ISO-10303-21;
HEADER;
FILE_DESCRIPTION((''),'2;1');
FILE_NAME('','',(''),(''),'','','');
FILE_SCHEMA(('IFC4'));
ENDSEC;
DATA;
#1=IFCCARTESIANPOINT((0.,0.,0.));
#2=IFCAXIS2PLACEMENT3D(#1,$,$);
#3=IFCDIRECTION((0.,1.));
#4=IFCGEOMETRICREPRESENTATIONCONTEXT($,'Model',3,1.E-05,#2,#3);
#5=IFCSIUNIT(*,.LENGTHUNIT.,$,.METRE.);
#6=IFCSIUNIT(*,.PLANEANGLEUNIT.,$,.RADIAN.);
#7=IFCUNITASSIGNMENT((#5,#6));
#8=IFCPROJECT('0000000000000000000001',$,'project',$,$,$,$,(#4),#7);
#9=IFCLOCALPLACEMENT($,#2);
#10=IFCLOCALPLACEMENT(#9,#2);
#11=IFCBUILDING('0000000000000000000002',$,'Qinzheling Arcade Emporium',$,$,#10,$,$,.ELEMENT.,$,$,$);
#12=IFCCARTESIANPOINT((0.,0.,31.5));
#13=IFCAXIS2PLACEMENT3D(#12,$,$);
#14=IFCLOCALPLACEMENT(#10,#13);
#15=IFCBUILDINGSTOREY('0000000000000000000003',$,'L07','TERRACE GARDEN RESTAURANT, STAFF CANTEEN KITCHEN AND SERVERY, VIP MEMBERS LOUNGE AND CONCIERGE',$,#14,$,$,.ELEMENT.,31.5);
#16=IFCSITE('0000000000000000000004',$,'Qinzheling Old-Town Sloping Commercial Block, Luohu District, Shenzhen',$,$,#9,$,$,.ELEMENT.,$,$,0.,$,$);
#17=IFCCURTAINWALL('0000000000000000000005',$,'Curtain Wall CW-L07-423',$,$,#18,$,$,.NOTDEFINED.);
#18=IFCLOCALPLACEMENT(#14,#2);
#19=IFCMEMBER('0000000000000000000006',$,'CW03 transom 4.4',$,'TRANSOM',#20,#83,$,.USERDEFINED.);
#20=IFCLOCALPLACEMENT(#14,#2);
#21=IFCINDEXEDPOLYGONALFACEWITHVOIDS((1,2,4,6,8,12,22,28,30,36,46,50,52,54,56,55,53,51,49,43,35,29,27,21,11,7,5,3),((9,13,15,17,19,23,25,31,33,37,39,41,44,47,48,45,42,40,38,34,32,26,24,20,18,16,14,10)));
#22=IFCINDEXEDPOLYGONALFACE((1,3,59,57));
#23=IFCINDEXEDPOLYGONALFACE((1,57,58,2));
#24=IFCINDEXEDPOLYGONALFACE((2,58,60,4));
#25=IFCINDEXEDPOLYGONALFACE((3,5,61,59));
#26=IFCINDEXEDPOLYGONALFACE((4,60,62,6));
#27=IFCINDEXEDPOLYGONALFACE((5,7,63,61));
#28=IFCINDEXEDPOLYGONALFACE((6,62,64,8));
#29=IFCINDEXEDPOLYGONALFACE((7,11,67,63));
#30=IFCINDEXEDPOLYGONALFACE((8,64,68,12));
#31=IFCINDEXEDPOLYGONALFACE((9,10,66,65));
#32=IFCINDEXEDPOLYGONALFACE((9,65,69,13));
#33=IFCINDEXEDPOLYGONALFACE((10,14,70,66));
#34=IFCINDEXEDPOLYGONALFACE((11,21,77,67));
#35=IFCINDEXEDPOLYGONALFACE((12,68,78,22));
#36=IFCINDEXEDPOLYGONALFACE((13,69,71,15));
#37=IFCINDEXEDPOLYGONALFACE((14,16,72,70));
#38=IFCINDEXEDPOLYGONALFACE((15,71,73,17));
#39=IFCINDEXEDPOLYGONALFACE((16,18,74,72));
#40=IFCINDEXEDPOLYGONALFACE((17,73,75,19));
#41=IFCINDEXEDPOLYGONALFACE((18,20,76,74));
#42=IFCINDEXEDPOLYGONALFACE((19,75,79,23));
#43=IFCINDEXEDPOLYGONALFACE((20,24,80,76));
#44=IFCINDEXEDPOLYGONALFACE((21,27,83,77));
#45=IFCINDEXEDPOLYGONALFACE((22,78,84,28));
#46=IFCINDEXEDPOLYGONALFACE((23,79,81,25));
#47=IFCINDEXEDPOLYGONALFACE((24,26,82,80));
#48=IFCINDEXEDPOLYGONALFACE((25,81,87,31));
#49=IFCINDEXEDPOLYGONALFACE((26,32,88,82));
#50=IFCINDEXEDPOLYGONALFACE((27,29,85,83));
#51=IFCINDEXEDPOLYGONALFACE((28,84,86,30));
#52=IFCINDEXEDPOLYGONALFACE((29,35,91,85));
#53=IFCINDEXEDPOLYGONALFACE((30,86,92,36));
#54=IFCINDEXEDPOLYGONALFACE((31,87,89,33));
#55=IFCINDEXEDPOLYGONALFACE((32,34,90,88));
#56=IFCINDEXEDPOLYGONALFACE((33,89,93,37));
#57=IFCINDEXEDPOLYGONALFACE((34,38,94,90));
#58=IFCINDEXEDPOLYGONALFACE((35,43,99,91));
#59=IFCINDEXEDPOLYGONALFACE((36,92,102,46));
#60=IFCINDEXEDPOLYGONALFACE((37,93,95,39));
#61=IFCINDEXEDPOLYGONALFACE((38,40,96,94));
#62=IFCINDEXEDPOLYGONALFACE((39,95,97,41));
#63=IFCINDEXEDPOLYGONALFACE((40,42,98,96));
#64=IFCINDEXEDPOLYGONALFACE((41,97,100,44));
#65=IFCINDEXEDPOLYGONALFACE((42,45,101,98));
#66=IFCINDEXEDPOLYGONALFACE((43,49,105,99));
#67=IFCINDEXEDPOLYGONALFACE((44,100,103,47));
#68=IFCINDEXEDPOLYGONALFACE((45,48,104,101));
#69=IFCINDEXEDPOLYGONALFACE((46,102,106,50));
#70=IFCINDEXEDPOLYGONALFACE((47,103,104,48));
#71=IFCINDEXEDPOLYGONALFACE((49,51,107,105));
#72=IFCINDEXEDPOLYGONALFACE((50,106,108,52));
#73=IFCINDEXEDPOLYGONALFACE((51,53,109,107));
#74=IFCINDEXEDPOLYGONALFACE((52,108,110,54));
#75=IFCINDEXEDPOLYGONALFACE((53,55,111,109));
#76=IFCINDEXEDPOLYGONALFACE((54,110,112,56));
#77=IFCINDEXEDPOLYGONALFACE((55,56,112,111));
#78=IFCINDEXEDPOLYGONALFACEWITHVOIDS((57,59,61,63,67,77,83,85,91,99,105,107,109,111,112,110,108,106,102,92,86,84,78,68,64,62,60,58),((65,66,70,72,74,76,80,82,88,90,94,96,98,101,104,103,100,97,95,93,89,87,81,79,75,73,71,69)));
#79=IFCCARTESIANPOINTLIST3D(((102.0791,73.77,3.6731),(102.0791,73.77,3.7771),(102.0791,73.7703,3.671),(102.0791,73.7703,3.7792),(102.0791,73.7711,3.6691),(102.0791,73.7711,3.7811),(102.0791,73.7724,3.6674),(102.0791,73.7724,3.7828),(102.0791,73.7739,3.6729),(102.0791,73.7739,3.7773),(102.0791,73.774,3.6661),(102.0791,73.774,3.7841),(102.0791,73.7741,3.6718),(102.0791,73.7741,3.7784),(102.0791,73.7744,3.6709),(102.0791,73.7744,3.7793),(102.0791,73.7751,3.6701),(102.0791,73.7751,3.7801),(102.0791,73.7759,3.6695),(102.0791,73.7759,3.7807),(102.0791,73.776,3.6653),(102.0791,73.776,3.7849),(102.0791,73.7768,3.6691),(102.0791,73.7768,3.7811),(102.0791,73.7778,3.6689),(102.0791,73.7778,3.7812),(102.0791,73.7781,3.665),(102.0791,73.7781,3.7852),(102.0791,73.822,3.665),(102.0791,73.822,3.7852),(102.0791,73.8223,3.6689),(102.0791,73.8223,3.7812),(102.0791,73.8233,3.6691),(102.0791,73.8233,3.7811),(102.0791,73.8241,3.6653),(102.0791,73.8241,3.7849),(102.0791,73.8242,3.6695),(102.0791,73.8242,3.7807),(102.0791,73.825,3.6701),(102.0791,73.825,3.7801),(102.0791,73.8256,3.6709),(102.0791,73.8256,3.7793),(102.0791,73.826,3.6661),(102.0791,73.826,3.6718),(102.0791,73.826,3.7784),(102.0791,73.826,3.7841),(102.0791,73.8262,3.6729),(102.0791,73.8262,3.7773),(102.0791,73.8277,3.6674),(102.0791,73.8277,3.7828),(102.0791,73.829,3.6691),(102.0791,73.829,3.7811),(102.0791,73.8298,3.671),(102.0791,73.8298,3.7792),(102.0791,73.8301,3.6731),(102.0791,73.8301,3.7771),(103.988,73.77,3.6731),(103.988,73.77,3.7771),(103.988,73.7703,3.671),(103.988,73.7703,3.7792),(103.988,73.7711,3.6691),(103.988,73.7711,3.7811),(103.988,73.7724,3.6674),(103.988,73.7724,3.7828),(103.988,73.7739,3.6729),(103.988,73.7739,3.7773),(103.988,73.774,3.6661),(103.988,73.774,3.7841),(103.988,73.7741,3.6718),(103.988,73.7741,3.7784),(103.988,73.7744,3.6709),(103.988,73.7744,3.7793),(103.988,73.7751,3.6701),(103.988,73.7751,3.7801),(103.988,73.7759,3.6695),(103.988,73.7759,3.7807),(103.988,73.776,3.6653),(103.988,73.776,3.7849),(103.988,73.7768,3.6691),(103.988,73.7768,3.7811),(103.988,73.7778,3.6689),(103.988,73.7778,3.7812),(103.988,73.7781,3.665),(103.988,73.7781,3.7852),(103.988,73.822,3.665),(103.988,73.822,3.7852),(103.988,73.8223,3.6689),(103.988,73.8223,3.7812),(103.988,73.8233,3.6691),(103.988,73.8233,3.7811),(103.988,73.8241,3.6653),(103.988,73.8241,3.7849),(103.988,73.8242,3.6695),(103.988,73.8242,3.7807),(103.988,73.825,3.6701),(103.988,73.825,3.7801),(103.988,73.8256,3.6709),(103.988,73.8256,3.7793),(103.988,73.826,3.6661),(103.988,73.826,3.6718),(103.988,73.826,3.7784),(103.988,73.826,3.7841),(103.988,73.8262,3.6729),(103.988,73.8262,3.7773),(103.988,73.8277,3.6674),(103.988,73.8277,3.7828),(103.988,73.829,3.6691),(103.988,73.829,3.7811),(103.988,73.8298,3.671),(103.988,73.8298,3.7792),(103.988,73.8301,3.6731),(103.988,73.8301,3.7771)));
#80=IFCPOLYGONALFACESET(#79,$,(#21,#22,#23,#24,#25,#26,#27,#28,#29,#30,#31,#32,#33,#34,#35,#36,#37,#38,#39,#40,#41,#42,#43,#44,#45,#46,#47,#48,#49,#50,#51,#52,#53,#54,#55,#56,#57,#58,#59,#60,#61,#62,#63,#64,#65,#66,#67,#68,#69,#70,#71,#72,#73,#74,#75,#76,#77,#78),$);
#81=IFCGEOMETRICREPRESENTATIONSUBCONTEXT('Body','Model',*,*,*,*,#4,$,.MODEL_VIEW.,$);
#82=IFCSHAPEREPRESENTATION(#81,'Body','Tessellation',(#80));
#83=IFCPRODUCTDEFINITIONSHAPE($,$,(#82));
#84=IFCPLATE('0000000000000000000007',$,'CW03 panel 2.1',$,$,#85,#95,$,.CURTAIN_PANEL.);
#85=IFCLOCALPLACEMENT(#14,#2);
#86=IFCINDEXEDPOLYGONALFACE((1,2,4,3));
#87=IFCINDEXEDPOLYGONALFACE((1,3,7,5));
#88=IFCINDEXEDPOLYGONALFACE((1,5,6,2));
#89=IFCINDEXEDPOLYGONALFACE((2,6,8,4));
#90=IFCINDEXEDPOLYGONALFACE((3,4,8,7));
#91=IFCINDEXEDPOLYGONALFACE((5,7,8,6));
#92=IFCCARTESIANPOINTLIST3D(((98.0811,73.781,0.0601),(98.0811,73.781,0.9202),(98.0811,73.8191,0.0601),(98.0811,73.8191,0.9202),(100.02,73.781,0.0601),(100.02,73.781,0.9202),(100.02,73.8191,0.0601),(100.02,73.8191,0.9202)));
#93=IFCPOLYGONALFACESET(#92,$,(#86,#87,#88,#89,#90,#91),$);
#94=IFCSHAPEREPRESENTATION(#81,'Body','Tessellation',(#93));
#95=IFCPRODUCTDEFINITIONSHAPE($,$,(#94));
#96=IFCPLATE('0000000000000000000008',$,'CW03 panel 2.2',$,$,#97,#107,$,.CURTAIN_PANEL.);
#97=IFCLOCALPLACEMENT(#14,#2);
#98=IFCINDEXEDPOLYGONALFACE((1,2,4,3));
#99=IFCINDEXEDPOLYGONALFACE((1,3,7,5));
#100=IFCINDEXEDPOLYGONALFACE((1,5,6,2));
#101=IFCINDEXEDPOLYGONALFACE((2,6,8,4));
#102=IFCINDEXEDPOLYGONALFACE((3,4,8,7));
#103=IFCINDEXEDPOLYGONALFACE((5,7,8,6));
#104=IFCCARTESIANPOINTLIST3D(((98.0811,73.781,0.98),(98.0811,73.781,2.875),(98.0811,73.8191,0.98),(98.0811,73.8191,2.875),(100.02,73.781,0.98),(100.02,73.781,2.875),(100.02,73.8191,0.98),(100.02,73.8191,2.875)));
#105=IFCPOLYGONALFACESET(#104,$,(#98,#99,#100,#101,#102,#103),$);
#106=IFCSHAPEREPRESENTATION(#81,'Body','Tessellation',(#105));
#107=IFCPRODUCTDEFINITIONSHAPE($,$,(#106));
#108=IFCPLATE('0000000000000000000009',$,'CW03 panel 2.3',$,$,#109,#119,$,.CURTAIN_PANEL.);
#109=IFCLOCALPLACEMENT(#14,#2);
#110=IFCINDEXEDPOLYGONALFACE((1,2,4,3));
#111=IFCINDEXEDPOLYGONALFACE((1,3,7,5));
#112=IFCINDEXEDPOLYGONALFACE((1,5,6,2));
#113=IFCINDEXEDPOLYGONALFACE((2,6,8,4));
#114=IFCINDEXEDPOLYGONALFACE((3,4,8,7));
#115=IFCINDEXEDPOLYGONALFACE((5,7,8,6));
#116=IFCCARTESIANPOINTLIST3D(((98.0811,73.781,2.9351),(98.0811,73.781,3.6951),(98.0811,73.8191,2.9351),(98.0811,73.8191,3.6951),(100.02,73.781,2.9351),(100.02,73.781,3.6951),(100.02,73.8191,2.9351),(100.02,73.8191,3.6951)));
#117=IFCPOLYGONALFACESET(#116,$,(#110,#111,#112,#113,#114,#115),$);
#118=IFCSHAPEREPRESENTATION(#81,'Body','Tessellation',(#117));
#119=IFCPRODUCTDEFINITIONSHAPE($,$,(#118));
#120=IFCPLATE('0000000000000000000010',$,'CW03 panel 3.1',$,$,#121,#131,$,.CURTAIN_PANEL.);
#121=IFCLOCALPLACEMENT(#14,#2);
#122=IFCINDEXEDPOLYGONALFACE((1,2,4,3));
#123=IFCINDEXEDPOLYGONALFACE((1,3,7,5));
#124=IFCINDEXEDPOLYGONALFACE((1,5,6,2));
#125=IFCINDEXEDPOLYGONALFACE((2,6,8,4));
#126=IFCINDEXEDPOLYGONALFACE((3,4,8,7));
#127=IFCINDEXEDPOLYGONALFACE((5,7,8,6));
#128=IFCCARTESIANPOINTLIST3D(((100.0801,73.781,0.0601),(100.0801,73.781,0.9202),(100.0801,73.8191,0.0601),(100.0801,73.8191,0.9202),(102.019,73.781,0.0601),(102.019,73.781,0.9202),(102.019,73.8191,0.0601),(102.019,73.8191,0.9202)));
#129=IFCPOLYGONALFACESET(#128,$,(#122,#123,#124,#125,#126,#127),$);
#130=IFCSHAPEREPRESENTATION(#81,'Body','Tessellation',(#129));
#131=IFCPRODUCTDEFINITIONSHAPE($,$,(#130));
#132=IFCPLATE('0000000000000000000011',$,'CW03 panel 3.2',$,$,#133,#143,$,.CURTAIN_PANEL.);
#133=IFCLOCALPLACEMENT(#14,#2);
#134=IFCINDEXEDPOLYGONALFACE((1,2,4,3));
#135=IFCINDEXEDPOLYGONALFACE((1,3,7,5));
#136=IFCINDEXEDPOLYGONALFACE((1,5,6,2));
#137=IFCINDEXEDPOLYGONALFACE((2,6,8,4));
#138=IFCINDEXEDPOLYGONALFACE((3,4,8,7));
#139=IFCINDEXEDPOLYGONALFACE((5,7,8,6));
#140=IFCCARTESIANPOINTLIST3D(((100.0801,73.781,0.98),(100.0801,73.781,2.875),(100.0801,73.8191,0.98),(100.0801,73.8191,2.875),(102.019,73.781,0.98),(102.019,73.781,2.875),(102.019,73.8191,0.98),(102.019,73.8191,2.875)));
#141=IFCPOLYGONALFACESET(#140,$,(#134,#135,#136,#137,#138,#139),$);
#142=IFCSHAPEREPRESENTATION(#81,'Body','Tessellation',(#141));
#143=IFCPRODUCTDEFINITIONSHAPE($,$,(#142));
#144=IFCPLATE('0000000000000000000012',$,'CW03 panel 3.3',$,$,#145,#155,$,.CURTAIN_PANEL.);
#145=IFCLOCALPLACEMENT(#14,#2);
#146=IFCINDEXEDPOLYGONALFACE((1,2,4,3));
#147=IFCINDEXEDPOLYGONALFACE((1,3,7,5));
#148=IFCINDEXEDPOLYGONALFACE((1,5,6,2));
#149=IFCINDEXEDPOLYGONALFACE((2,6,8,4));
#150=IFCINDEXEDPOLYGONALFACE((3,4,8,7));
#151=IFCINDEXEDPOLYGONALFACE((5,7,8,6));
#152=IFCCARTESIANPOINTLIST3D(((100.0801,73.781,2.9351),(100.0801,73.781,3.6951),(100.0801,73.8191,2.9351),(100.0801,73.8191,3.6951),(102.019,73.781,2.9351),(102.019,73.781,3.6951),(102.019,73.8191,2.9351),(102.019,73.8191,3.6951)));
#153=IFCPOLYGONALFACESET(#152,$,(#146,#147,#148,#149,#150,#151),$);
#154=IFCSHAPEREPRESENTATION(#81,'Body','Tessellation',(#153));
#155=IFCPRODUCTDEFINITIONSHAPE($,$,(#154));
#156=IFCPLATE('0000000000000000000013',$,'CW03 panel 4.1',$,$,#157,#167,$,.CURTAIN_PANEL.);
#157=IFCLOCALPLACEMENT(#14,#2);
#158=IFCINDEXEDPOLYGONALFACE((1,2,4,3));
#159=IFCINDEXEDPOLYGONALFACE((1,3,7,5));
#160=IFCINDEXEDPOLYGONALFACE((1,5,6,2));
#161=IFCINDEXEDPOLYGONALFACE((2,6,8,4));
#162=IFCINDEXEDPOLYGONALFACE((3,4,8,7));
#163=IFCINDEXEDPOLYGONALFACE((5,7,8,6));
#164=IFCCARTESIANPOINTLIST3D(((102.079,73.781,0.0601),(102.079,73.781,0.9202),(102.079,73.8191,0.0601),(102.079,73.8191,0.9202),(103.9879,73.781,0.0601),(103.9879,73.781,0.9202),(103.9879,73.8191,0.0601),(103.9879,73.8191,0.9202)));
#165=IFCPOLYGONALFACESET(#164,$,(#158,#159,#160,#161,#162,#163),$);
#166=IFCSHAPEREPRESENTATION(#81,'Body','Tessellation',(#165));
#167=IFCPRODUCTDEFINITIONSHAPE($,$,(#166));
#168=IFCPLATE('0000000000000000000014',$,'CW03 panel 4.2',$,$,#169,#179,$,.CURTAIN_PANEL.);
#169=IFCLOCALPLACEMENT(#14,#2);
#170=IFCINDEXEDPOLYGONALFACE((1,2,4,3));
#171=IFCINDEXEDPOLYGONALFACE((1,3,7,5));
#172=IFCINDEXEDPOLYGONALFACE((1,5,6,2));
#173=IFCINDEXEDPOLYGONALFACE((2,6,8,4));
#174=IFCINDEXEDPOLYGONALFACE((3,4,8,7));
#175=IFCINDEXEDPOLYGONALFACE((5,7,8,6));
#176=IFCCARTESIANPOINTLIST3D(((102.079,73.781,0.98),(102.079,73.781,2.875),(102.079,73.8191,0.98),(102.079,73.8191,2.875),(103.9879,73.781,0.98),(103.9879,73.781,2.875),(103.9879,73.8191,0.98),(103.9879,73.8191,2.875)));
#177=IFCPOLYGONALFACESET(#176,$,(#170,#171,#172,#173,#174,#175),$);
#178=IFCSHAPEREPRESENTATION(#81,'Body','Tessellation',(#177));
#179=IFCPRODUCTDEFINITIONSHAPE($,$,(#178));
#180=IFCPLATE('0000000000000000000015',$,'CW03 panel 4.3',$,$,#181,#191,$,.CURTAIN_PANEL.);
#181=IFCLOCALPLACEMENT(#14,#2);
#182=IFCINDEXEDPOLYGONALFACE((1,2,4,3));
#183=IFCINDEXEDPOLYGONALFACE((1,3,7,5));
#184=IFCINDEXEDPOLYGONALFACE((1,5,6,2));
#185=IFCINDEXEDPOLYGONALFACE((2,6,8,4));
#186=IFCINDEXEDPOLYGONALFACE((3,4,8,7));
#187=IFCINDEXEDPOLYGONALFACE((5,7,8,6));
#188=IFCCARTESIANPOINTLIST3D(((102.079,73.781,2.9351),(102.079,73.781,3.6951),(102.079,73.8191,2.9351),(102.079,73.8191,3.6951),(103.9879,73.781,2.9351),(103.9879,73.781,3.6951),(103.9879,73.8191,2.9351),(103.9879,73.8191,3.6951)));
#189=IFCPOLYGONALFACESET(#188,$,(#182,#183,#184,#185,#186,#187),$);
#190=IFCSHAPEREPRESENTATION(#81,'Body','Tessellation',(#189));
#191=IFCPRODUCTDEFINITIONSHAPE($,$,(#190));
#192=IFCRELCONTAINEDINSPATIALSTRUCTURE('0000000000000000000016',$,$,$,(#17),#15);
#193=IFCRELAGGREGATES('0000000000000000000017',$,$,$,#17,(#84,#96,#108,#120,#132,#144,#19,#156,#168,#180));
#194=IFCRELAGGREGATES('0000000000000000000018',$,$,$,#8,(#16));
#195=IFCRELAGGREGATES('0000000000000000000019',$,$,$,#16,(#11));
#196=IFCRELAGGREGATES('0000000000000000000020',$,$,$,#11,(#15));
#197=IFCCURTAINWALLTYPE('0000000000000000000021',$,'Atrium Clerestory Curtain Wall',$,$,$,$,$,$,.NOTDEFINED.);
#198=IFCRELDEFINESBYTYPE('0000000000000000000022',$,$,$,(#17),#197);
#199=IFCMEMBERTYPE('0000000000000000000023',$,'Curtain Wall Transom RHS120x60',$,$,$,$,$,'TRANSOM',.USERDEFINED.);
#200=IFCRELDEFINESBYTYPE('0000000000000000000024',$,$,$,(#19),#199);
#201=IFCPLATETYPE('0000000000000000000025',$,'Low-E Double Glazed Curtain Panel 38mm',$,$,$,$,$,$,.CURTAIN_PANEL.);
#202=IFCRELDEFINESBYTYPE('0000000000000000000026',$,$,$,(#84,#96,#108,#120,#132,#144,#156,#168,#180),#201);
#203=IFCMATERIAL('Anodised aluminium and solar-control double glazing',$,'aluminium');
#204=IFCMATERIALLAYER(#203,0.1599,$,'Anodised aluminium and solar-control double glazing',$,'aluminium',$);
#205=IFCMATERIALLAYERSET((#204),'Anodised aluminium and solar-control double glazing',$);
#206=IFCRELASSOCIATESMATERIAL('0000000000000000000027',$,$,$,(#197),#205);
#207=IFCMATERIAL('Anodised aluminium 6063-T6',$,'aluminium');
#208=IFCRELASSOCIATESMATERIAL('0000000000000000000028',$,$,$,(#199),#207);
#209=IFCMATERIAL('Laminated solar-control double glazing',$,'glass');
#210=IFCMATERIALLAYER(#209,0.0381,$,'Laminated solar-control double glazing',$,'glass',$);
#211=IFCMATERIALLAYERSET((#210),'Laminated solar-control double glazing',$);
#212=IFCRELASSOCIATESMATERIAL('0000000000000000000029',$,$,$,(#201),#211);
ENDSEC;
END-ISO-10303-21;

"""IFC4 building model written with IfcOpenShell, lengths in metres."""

from ifc_helpers import new_model, si_unit, direction, frame, origin, origin_2d, place, context, subcontext, project, spatial, rectangle, hollow_rectangle, extrude, material, layer, layer_set, material_profile, profile_set, type_object, element, aggregate, save


model = new_model("IFC4")

# Units and contexts
model_context = context("Model", 3, precision=1e-05, world=origin(), true_north=direction((0.0, 1.0)))
body_context = subcontext(model_context, "Body", "Model", "MODEL_VIEW")
ifc_project = project(units=[si_unit("LENGTHUNIT", "METRE"), si_unit("PLANEANGLEUNIT", "RADIAN")], contexts=[model_context])

# Site, building, storey
site_placement = place(None, origin())
site = spatial("IfcSite", under=ifc_project, at=site_placement, Name="Qinzheling Old-Town Sloping Commercial Block, Luohu District, Shenzhen", CompositionType="ELEMENT", RefElevation=0.0)
building_placement = place(site_placement, origin())
building = spatial("IfcBuilding", under=site, at=building_placement, Name="Qinzheling Arcade Emporium", CompositionType="ELEMENT")
storey_placement = place(building_placement, frame((0.0, 0.0, 31.5)))
storey = spatial("IfcBuildingStorey", under=building, at=storey_placement, Name="L07", Description="TERRACE GARDEN RESTAURANT, STAFF CANTEEN KITCHEN AND SERVERY, VIP MEMBERS LOUNGE AND CONCIERGE", CompositionType="ELEMENT", Elevation=31.5)

# Curtain wall, member, plates
ifc_material_1 = material(Name="Anodised aluminium and solar-control double glazing", Category="aluminium")
ifc_layer_1 = layer(ifc_material_1, 0.1599, Name="Anodised aluminium and solar-control double glazing", Category="aluminium")
ifc_layer_set_1 = layer_set([ifc_layer_1], Name="Anodised aluminium and solar-control double glazing")
curtain_wall_type = type_object("IfcCurtainWallType", Name="Atrium Clerestory Curtain Wall", PredefinedType="NOTDEFINED", material=ifc_layer_set_1)
curtain_wall_placement = place(storey_placement, origin())
curtain_wall = element("IfcCurtainWall", 1, at=curtain_wall_placement, inside=storey, type_object=curtain_wall_type, Name="Curtain Wall CW-L07-423", PredefinedType="NOTDEFINED")
ifc_material_2 = material(Name="Anodised aluminium 6063-T6", Category="aluminium")
ifc_material_profile_1 = material_profile(ifc_material_2, hollow_rectangle(XDim=0.0601, YDim=0.1201, WallThickness=0.0039, InnerFilletRadius=0.0039, OuterFilletRadius=0.0081, at=origin_2d()), Name="RHS 120x60x4", Category="aluminium")
ifc_profile_set_1 = profile_set([ifc_material_profile_1], Name="Anodised aluminium 6063-T6")
member_type_1 = type_object("IfcMemberType", Name="Curtain Wall Transom RHS120x60", ElementType="TRANSOM", PredefinedType="USERDEFINED", material=ifc_profile_set_1)
member_1_placement = place(storey_placement, frame((102.0791, 73.8, 3.7251), z_axis=(1.0, 0.0, 0.0), x_axis=(0.0, 1.0, 0.0)))
member_1 = element("IfcMember", 2, at=member_1_placement, type_object=member_type_1, Name="CW03 transom 4.4", ObjectType="TRANSOM", PredefinedType="USERDEFINED", context=body_context, shape_type="SweptSolid", body=[
    extrude(hollow_rectangle(XDim=0.0601, YDim=0.1201, WallThickness=0.0039, InnerFilletRadius=0.0039, OuterFilletRadius=0.0081, at=origin_2d()), origin(), (0.0, 0.0, 1.0), 1.9089),
])
ifc_material_3 = material(Name="Laminated solar-control double glazing", Category="glass")
ifc_layer_2 = layer(ifc_material_3, 0.0381, Name="Laminated solar-control double glazing", Category="glass")
ifc_layer_set_2 = layer_set([ifc_layer_2], Name="Laminated solar-control double glazing")
plate_type = type_object("IfcPlateType", Name="Low-E Double Glazed Curtain Panel 38mm", PredefinedType="CURTAIN_PANEL", material=ifc_layer_set_2)
plate_1_placement = place(storey_placement, frame((99.0505, 73.8, 0.0601), z_axis=(0.0, 0.0, 1.0), x_axis=(1.0, 0.0, 0.0)))
plate_1 = element("IfcPlate", 3, at=plate_1_placement, type_object=plate_type, Name="CW03 panel 2.1", PredefinedType="CURTAIN_PANEL", context=body_context, shape_type="SweptSolid", body=[
    extrude(rectangle(XDim=1.939, YDim=0.0381, at=origin_2d()), origin(), (0.0, 0.0, 1.0), 0.8601),
])
plate_2_placement = place(storey_placement, frame((99.0505, 73.8, 0.98), z_axis=(0.0, 0.0, 1.0), x_axis=(1.0, 0.0, 0.0)))
plate_2 = element("IfcPlate", 4, at=plate_2_placement, type_object=plate_type, Name="CW03 panel 2.2", PredefinedType="CURTAIN_PANEL", context=body_context, shape_type="SweptSolid", body=[
    extrude(rectangle(XDim=1.939, YDim=0.0381, at=origin_2d()), origin(), (0.0, 0.0, 1.0), 1.895),
])
plate_3_placement = place(storey_placement, frame((99.0505, 73.8, 2.9351), z_axis=(0.0, 0.0, 1.0), x_axis=(1.0, 0.0, 0.0)))
plate_3 = element("IfcPlate", 5, at=plate_3_placement, type_object=plate_type, Name="CW03 panel 2.3", PredefinedType="CURTAIN_PANEL", context=body_context, shape_type="SweptSolid", body=[
    extrude(rectangle(XDim=1.939, YDim=0.0381, at=origin_2d()), origin(), (0.0, 0.0, 1.0), 0.76),
])
plate_4_placement = place(storey_placement, frame((101.0496, 73.8, 0.0601), z_axis=(0.0, 0.0, 1.0), x_axis=(1.0, 0.0, 0.0)))
plate_4 = element("IfcPlate", 6, at=plate_4_placement, type_object=plate_type, Name="CW03 panel 3.1", PredefinedType="CURTAIN_PANEL", context=body_context, shape_type="SweptSolid", body=[
    extrude(rectangle(XDim=1.939, YDim=0.0381, at=origin_2d()), origin(), (0.0, 0.0, 1.0), 0.8601),
])
plate_5_placement = place(storey_placement, frame((101.0496, 73.8, 0.98), z_axis=(0.0, 0.0, 1.0), x_axis=(1.0, 0.0, 0.0)))
plate_5 = element("IfcPlate", 7, at=plate_5_placement, type_object=plate_type, Name="CW03 panel 3.2", PredefinedType="CURTAIN_PANEL", context=body_context, shape_type="SweptSolid", body=[
    extrude(rectangle(XDim=1.939, YDim=0.0381, at=origin_2d()), origin(), (0.0, 0.0, 1.0), 1.895),
])
plate_6_placement = place(storey_placement, frame((101.0496, 73.8, 2.9351), z_axis=(0.0, 0.0, 1.0), x_axis=(1.0, 0.0, 0.0)))
plate_6 = element("IfcPlate", 8, at=plate_6_placement, type_object=plate_type, Name="CW03 panel 3.3", PredefinedType="CURTAIN_PANEL", context=body_context, shape_type="SweptSolid", body=[
    extrude(rectangle(XDim=1.939, YDim=0.0381, at=origin_2d()), origin(), (0.0, 0.0, 1.0), 0.76),
])
plate_7_placement = place(storey_placement, frame((103.0334, 73.8, 0.0601), z_axis=(0.0, 0.0, 1.0), x_axis=(1.0, 0.0, 0.0)))
plate_7 = element("IfcPlate", 9, at=plate_7_placement, type_object=plate_type, Name="CW03 panel 4.1", PredefinedType="CURTAIN_PANEL", context=body_context, shape_type="SweptSolid", body=[
    extrude(rectangle(XDim=1.9089, YDim=0.0381, at=origin_2d()), origin(), (0.0, 0.0, 1.0), 0.8601),
])
plate_8_placement = place(storey_placement, frame((103.0334, 73.8, 0.98), z_axis=(0.0, 0.0, 1.0), x_axis=(1.0, 0.0, 0.0)))
plate_8 = element("IfcPlate", 10, at=plate_8_placement, type_object=plate_type, Name="CW03 panel 4.2", PredefinedType="CURTAIN_PANEL", context=body_context, shape_type="SweptSolid", body=[
    extrude(rectangle(XDim=1.9089, YDim=0.0381, at=origin_2d()), origin(), (0.0, 0.0, 1.0), 1.895),
])
plate_9_placement = place(storey_placement, frame((103.0334, 73.8, 2.9351), z_axis=(0.0, 0.0, 1.0), x_axis=(1.0, 0.0, 0.0)))
plate_9 = element("IfcPlate", 11, at=plate_9_placement, type_object=plate_type, Name="CW03 panel 4.3", PredefinedType="CURTAIN_PANEL", context=body_context, shape_type="SweptSolid", body=[
    extrude(rectangle(XDim=1.9089, YDim=0.0381, at=origin_2d()), origin(), (0.0, 0.0, 1.0), 0.76),
])
aggregate(curtain_wall, [plate_1, plate_2, plate_3, plate_4, plate_5, plate_6, member_1, plate_7, plate_8, plate_9])

save(model, "model.ifc")
